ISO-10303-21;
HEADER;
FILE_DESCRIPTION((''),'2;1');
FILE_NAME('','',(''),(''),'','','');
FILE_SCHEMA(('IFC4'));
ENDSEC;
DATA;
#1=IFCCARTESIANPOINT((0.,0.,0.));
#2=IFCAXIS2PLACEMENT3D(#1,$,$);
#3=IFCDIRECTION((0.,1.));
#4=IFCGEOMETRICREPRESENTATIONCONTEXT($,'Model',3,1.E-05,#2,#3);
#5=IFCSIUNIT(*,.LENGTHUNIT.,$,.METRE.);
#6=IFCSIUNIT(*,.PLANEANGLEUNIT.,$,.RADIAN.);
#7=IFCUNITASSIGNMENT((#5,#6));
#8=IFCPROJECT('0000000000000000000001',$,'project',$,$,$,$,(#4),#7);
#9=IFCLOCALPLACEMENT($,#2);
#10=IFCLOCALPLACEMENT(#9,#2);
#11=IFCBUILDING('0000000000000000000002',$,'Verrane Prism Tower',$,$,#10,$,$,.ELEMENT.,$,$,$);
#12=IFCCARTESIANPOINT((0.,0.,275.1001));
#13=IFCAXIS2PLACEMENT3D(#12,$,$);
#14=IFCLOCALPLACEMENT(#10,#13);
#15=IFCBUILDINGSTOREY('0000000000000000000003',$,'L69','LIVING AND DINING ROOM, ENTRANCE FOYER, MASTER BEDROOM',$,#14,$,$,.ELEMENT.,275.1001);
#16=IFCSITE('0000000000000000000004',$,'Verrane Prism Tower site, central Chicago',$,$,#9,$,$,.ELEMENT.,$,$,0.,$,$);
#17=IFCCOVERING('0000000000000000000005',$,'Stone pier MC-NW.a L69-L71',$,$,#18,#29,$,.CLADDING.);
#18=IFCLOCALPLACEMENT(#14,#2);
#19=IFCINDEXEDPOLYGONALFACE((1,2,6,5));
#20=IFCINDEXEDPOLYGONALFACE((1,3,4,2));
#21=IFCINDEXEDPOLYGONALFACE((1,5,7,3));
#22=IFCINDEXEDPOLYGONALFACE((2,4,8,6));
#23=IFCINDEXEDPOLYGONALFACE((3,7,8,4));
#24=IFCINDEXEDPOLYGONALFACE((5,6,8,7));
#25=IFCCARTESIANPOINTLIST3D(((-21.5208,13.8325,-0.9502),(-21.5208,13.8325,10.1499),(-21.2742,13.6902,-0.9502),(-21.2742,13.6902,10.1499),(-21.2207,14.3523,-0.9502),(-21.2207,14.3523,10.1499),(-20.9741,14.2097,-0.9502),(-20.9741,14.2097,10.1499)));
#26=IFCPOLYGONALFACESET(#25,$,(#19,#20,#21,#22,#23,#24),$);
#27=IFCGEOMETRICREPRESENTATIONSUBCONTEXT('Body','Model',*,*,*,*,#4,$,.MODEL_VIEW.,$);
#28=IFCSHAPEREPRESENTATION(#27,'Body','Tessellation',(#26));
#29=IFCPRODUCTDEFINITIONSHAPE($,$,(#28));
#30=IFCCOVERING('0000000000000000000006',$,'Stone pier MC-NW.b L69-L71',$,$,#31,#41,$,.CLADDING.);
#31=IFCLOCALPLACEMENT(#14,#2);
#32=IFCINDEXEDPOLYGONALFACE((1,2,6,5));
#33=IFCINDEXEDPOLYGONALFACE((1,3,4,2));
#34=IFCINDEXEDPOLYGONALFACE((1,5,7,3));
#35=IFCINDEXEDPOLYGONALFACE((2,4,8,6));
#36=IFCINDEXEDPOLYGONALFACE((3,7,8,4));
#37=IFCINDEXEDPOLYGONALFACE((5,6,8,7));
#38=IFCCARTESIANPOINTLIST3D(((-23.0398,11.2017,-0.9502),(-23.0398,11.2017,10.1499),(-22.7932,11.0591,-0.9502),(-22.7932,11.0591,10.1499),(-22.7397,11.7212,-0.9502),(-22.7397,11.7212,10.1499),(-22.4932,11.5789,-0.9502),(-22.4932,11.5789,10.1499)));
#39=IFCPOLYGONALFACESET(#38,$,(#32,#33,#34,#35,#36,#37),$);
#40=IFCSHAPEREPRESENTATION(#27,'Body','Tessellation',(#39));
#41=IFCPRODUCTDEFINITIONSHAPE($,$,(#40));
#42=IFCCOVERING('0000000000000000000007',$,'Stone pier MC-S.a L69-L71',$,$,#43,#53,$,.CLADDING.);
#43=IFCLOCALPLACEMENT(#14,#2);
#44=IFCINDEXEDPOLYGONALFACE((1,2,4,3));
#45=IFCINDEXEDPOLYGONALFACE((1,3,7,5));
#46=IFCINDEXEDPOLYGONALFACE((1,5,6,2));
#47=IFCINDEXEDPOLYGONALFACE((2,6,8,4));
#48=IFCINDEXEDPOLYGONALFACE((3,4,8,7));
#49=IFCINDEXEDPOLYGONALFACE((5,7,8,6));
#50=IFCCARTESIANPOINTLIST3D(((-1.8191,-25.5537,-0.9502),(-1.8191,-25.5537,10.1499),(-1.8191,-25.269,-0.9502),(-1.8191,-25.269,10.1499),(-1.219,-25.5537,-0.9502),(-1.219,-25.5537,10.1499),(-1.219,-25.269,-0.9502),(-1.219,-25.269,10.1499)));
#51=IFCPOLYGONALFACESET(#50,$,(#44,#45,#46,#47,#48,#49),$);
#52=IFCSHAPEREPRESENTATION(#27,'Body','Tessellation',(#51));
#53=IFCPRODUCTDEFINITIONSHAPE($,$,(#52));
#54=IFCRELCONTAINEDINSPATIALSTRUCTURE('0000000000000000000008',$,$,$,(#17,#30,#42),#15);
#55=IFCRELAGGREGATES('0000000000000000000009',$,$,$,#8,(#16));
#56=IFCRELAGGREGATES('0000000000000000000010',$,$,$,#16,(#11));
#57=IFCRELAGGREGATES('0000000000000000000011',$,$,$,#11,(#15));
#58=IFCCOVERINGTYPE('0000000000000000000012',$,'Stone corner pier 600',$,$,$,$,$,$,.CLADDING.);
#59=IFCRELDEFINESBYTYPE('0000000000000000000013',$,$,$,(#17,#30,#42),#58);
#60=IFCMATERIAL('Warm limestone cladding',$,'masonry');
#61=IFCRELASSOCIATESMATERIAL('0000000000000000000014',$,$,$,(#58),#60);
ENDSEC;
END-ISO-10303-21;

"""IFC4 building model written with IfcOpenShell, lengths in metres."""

from ifc_helpers import new_model, si_unit, direction, frame, origin, place, context, subcontext, project, spatial, polyline, outline, extrude, material, type_object, element, save


model = new_model("IFC4")

# Units and contexts
model_context = context("Model", 3, precision=1e-05, world=origin(), true_north=direction((0.0, 1.0)))
body_context = subcontext(model_context, "Body", "Model", "MODEL_VIEW")
ifc_project = project(units=[si_unit("LENGTHUNIT", "METRE"), si_unit("PLANEANGLEUNIT", "RADIAN")], contexts=[model_context])

# Site, building, storey
site_placement = place(None, origin())
site = spatial("IfcSite", under=ifc_project, at=site_placement, Name="Verrane Prism Tower site, central Chicago", CompositionType="ELEMENT", RefElevation=0.0)
building_placement = place(site_placement, origin())
building = spatial("IfcBuilding", under=site, at=building_placement, Name="Verrane Prism Tower", CompositionType="ELEMENT")
storey_placement = place(building_placement, frame((0.0, 0.0, 275.1001)))
storey = spatial("IfcBuildingStorey", under=building, at=storey_placement, Name="L69", Description="LIVING AND DINING ROOM, ENTRANCE FOYER, MASTER BEDROOM", CompositionType="ELEMENT", Elevation=275.1001)

# Coverings
ifc_material_1 = material(Name="Warm limestone cladding", Category="masonry")
covering_type = type_object("IfcCoveringType", Name="Stone corner pier 600", PredefinedType="CLADDING", material=ifc_material_1)
covering_1_placement = place(storey_placement, frame((0.0, 0.0, -0.9502)))
element("IfcCovering", 1, at=covering_1_placement, inside=storey, type_object=covering_type, Name="Stone pier MC-NW.a L69-L71", PredefinedType="CLADDING", context=body_context, shape_type="SweptSolid", body=[
    extrude(outline(polyline([(-21.2742, 13.6902), (-20.9741, 14.2097), (-21.2207, 14.3523), (-21.5208, 13.8325), (-21.2742, 13.6902)])), origin(), (0.0, 0.0, 1.0), 11.1001),
])
covering_2_placement = place(storey_placement, frame((0.0, 0.0, -0.9502)))
element("IfcCovering", 2, at=covering_2_placement, inside=storey, type_object=covering_type, Name="Stone pier MC-NW.b L69-L71", PredefinedType="CLADDING", context=body_context, shape_type="SweptSolid", body=[
    extrude(outline(polyline([(-22.7932, 11.0591), (-22.4932, 11.5789), (-22.7397, 11.7212), (-23.0398, 11.2017), (-22.7932, 11.0591)])), origin(), (0.0, 0.0, 1.0), 11.1001),
])
covering_3_placement = place(storey_placement, frame((0.0, 0.0, -0.9502)))
element("IfcCovering", 3, at=covering_3_placement, inside=storey, type_object=covering_type, Name="Stone pier MC-S.a L69-L71", PredefinedType="CLADDING", context=body_context, shape_type="SweptSolid", body=[
    extrude(outline(polyline([(-1.219, -25.269), (-1.8191, -25.269), (-1.8191, -25.5537), (-1.219, -25.5537), (-1.219, -25.269)])), origin(), (0.0, 0.0, 1.0), 11.1001),
])

save(model, "model.ifc")
